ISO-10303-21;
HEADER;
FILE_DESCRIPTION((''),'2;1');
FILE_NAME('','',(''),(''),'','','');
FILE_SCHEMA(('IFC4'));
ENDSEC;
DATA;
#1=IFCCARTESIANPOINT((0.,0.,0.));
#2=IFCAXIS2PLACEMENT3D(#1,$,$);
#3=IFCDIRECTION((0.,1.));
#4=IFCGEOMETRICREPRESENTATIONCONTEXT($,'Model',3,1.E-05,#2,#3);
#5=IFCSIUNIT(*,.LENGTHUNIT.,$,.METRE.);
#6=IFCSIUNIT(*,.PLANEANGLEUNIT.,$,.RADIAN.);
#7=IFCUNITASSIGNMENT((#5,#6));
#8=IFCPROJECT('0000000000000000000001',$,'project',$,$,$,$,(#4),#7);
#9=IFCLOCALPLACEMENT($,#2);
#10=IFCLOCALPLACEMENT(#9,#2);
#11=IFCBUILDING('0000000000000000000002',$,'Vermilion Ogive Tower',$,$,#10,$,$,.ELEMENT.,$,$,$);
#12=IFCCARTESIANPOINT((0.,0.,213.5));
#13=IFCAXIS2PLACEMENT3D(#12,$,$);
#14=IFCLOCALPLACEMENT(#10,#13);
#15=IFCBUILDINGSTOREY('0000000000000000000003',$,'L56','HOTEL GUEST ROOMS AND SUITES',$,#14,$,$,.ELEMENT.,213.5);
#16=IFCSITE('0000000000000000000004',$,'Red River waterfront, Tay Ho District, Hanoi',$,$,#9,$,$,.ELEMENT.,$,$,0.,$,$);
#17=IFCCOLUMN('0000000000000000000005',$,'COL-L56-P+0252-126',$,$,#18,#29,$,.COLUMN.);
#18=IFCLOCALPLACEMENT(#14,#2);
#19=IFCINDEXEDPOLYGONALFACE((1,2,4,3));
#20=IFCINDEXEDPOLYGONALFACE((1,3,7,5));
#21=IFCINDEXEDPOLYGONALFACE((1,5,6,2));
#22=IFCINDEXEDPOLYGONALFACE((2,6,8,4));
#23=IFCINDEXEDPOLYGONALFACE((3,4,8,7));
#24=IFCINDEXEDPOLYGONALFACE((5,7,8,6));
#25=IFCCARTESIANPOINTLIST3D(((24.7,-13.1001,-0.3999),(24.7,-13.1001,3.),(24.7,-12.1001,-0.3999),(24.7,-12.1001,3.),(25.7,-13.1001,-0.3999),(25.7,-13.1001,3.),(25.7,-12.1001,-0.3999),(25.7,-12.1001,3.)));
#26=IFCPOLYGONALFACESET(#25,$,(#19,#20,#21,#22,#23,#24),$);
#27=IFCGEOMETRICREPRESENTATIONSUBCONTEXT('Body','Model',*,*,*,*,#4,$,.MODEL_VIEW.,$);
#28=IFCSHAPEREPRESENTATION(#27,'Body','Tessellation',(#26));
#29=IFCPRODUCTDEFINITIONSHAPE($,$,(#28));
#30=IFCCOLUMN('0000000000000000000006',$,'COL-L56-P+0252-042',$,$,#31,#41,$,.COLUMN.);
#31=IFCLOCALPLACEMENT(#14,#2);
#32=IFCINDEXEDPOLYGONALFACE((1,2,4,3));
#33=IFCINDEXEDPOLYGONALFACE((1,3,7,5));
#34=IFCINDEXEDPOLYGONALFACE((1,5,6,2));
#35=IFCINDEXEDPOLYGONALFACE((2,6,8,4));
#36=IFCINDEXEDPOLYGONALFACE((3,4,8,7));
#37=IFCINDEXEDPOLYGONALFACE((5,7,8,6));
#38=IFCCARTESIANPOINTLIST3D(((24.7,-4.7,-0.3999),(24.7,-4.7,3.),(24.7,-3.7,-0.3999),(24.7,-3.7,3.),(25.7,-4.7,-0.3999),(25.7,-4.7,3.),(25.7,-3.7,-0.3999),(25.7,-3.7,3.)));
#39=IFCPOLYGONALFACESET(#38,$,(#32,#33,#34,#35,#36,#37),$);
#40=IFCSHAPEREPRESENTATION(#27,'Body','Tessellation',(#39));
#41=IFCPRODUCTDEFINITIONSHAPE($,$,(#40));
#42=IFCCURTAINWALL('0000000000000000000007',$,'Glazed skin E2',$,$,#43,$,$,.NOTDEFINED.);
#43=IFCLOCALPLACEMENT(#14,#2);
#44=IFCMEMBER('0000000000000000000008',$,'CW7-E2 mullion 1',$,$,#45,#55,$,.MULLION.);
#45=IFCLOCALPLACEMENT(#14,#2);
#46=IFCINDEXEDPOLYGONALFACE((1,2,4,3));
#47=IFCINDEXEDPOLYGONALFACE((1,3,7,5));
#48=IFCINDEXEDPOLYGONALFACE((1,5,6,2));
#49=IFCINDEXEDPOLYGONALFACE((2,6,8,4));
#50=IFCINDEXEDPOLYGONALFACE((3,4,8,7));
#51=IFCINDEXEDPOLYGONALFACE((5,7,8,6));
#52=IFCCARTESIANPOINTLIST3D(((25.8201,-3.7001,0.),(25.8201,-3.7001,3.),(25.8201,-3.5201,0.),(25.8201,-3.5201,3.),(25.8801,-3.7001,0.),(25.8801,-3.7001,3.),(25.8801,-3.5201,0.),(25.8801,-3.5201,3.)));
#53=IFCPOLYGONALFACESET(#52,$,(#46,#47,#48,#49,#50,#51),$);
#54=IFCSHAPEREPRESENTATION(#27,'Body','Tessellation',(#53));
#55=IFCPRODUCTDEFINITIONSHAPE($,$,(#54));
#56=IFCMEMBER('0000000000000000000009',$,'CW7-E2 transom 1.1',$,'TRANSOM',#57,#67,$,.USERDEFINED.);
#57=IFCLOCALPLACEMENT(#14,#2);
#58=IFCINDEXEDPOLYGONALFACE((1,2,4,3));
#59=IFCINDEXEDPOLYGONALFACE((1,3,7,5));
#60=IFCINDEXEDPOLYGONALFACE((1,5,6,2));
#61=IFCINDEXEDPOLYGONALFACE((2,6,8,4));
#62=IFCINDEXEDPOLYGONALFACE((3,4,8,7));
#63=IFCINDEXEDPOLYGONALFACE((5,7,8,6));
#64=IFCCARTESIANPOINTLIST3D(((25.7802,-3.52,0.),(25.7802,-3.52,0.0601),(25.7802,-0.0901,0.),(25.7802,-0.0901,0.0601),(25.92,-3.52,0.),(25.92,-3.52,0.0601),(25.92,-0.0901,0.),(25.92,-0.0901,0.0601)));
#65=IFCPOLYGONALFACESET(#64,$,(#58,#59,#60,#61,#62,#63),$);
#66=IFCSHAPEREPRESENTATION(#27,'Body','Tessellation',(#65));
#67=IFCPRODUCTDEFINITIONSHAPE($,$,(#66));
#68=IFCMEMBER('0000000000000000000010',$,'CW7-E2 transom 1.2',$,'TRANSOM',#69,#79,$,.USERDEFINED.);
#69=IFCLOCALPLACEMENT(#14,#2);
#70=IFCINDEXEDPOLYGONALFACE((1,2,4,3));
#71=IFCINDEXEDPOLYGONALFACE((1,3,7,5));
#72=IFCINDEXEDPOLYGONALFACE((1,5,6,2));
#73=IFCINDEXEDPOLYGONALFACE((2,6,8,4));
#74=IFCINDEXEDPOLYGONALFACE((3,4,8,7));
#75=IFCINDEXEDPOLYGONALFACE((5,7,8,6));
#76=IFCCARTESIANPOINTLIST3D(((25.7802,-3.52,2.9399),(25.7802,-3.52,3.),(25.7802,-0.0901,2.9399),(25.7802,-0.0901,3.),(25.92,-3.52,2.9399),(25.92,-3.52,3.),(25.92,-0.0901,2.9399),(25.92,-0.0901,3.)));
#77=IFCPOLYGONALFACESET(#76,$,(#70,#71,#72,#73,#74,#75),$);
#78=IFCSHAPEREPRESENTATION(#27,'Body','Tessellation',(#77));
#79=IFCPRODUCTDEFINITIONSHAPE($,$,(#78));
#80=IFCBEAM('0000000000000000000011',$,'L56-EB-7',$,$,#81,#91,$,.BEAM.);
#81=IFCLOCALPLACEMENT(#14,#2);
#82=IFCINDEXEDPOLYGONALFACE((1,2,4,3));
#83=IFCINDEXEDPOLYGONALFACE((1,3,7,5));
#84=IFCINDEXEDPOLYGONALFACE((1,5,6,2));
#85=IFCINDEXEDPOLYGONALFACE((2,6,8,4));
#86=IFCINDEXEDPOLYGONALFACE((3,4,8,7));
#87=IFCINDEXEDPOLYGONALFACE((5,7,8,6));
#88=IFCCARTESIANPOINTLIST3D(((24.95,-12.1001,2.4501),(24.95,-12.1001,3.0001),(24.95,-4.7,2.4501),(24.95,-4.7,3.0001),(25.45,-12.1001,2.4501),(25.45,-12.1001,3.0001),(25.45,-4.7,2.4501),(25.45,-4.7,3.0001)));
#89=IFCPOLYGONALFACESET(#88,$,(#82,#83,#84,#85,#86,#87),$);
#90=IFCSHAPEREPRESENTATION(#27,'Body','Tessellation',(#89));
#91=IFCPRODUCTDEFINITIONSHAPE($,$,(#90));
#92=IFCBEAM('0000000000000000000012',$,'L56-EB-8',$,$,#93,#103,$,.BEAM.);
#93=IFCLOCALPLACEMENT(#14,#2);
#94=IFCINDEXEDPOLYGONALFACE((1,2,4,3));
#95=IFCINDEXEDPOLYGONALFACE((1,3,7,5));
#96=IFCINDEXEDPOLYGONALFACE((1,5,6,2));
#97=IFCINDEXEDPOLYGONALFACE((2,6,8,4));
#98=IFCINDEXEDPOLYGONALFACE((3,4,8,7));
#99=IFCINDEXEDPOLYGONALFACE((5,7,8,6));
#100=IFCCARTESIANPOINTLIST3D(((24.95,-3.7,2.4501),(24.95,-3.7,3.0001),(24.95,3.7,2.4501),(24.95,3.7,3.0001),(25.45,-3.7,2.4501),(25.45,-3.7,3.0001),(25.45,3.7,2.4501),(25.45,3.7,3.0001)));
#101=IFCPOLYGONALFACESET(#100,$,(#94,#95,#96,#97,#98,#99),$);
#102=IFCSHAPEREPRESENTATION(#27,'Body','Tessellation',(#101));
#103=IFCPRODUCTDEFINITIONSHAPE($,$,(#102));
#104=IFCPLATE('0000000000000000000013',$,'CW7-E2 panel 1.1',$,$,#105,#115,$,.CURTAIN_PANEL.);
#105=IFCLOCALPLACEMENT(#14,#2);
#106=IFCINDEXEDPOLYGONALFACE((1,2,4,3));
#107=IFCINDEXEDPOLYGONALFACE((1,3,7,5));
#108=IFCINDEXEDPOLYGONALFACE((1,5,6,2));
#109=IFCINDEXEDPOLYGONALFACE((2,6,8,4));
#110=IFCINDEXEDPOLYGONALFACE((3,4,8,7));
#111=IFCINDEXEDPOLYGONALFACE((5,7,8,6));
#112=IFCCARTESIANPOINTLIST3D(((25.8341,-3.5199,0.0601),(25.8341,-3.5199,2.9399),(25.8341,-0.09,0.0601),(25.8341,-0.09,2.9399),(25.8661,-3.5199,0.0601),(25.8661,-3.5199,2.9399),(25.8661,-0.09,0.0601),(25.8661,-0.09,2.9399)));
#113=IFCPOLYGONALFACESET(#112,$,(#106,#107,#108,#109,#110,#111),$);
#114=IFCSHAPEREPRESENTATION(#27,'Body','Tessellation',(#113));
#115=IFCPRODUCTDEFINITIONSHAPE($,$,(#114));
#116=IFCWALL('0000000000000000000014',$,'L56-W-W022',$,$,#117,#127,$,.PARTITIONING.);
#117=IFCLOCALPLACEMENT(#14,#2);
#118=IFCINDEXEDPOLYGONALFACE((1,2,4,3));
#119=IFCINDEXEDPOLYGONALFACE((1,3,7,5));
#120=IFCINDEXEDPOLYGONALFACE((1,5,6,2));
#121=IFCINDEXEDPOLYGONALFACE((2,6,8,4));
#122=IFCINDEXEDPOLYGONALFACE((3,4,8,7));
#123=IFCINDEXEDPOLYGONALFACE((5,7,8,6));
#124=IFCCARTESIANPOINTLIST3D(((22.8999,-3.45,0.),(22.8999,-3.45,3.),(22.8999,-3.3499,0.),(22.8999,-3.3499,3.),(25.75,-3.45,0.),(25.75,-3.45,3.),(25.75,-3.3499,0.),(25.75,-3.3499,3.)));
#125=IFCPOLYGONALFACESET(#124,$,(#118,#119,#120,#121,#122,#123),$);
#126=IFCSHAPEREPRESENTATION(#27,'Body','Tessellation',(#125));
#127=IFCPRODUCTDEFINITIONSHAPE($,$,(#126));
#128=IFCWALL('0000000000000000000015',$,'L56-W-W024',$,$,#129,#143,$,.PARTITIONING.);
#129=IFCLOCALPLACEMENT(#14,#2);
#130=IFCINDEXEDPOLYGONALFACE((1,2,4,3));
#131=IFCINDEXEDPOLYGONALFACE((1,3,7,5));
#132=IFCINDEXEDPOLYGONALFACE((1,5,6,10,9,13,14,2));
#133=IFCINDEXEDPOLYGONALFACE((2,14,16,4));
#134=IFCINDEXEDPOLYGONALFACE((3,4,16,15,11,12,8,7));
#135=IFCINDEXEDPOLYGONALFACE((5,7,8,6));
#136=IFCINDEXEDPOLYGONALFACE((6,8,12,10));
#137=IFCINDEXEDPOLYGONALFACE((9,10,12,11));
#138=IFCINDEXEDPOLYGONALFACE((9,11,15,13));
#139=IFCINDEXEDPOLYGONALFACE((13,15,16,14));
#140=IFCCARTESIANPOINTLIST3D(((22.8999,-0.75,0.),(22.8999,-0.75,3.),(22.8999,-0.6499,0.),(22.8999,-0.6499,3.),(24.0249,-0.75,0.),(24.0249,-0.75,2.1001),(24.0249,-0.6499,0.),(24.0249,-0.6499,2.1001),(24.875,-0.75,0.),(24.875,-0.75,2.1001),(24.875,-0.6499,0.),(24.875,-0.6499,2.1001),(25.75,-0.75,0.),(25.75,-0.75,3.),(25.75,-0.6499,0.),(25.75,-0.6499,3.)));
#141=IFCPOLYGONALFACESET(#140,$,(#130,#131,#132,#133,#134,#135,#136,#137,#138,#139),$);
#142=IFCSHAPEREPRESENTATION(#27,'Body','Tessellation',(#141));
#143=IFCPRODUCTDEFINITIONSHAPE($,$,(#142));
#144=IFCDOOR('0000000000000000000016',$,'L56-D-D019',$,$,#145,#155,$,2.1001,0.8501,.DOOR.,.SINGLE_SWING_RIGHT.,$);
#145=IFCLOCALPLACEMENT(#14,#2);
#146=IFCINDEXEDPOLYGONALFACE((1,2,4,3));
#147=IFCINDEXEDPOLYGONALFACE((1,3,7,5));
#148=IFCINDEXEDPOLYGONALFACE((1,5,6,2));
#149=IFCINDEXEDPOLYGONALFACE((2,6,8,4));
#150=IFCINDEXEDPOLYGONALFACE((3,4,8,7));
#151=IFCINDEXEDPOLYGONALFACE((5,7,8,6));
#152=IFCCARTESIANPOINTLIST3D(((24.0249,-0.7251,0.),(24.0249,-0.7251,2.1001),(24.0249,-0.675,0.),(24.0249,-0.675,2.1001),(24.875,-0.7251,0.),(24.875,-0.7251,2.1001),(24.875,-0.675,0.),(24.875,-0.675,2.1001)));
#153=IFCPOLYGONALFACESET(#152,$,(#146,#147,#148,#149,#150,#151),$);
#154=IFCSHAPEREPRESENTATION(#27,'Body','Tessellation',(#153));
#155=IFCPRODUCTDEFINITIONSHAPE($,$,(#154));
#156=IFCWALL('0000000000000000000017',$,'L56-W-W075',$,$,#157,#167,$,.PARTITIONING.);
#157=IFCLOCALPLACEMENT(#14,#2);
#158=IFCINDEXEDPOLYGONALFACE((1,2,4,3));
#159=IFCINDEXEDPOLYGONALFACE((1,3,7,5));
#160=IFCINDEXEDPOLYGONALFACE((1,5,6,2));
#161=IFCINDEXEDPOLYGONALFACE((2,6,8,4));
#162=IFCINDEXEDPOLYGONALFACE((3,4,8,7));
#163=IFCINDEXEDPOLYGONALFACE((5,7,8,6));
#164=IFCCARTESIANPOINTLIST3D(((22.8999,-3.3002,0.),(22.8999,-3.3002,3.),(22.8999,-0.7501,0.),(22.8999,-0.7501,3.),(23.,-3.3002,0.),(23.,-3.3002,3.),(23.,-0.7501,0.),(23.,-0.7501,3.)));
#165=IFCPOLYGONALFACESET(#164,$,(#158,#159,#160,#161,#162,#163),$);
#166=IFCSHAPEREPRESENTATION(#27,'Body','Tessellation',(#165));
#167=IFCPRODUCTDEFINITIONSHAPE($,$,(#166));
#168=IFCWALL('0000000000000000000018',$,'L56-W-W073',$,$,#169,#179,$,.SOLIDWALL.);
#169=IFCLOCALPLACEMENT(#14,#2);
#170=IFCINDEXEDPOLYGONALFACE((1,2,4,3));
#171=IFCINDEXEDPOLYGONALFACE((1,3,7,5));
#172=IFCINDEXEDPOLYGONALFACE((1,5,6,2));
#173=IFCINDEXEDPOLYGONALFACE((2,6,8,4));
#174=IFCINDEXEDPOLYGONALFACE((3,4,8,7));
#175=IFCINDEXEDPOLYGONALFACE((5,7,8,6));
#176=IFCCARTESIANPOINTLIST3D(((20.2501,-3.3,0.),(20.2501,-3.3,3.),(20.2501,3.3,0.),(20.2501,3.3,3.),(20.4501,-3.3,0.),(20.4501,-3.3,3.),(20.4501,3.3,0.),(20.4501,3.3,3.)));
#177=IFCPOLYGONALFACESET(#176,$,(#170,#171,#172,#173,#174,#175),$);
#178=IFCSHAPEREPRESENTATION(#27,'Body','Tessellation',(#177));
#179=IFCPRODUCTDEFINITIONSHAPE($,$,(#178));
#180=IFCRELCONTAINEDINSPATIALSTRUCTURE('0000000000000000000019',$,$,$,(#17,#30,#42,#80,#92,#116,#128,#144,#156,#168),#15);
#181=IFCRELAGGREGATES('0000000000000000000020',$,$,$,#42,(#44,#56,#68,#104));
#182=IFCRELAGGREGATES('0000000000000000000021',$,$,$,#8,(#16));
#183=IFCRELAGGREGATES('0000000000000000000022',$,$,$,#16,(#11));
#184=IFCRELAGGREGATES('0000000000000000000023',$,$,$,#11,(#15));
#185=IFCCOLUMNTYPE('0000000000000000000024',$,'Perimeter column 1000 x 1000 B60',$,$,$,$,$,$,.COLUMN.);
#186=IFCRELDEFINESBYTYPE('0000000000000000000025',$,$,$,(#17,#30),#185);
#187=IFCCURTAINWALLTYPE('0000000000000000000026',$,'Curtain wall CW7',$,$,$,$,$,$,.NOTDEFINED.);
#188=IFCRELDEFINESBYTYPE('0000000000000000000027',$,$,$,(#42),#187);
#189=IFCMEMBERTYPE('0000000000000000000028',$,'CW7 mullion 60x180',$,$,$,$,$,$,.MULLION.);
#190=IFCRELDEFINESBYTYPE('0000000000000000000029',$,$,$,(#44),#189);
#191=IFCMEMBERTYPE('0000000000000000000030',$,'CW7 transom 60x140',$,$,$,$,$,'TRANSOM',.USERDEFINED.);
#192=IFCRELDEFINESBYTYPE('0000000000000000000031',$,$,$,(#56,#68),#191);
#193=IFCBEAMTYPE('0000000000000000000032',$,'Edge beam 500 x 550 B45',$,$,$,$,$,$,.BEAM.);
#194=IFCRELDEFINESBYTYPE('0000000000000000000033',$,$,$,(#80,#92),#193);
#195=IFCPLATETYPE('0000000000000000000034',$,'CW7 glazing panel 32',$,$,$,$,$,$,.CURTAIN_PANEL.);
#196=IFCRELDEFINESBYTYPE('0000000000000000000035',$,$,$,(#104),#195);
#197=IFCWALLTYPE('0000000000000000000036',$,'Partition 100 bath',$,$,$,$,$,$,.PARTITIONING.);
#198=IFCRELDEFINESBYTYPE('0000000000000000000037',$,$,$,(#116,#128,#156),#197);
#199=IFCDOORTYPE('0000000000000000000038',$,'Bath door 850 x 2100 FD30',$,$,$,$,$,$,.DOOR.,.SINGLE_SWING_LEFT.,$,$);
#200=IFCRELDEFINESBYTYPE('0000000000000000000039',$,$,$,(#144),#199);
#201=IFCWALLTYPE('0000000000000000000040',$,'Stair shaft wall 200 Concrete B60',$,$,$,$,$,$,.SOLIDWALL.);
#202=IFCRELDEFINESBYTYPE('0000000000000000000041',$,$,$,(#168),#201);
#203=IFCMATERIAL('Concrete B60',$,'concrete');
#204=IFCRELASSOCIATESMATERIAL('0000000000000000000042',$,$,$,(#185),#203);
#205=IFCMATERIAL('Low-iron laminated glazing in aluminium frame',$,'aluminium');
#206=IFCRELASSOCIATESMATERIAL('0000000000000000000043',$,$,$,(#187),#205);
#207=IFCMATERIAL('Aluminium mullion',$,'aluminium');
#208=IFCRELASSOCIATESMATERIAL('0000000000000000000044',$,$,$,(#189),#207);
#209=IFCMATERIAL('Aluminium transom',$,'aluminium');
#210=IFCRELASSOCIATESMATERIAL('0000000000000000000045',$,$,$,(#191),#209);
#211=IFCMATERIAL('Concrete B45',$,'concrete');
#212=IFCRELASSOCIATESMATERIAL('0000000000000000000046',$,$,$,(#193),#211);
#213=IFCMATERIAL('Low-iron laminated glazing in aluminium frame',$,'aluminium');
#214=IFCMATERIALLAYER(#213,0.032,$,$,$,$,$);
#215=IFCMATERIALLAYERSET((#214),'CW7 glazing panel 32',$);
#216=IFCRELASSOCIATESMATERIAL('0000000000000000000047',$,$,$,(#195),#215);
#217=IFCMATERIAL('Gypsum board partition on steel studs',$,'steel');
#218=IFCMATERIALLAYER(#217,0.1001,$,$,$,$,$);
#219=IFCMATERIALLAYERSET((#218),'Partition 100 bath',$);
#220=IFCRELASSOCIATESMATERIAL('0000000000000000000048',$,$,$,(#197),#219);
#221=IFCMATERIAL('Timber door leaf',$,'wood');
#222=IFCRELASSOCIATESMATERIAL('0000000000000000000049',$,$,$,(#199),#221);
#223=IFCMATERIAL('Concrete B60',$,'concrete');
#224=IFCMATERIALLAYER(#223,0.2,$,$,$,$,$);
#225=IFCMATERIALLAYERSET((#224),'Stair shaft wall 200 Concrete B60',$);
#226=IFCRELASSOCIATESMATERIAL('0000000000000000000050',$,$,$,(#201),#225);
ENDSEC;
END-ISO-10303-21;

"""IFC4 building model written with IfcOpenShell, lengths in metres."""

from ifc_helpers import new_model, si_unit, direction, frame, frame_2d, origin, origin_2d, place, context, subcontext, project, spatial, rectangle, extrude, material, layer, layer_set, material_profile, profile_set, type_object, element, fill, aggregate, save


model = new_model("IFC4")

# Units and contexts
model_context = context("Model", 3, precision=1e-05, world=origin(), true_north=direction((0.0, 1.0)))
body_context = subcontext(model_context, "Body", "Model", "MODEL_VIEW")
ifc_project = project(units=[si_unit("LENGTHUNIT", "METRE"), si_unit("PLANEANGLEUNIT", "RADIAN")], contexts=[model_context])

# Site, building, storey
site_placement = place(None, origin())
site = spatial("IfcSite", under=ifc_project, at=site_placement, Name="Red River waterfront, Tay Ho District, Hanoi", CompositionType="ELEMENT", RefElevation=0.0)
building_placement = place(site_placement, origin())
building = spatial("IfcBuilding", under=site, at=building_placement, Name="Vermilion Ogive Tower", CompositionType="ELEMENT")
storey_placement = place(building_placement, frame((0.0, 0.0, 213.5)))
storey = spatial("IfcBuildingStorey", under=building, at=storey_placement, Name="L56", Description="HOTEL GUEST ROOMS AND SUITES", CompositionType="ELEMENT", Elevation=213.5)

# Columns
ifc_material_1 = material(Name="Concrete B60", Category="concrete")
ifc_material_profile_1 = material_profile(ifc_material_1, rectangle(XDim=1.0, YDim=1.0, at=origin_2d()), Name="1000 x 1000")
ifc_profile_set_1 = profile_set([ifc_material_profile_1], Name="Concrete B60")
column_type = type_object("IfcColumnType", Name="Perimeter column 1000 x 1000 B60", PredefinedType="COLUMN", material=ifc_profile_set_1)
for number, where, z_axis, x_axis, name in (
    (1, (25.2, -12.6001, -0.3999), (0.0, 0.0, 1.0), (1.0, 0.0, 0.0), "COL-L56-P+0252-126"),
    (2, (25.2, -4.2, -0.3999), (0.0, 0.0, 1.0), (1.0, 0.0, 0.0), "COL-L56-P+0252-042"),
):
    element("IfcColumn", number, at=place(storey_placement, frame(where, z_axis=z_axis, x_axis=x_axis)), inside=storey, type_object=column_type, Name=name, PredefinedType="COLUMN", context=body_context, shape_type="SweptSolid", body=[
        extrude(rectangle(XDim=1.0, YDim=1.0, at=origin_2d()), origin(), (0.0, 0.0, 1.0), 3.3999),
    ])

# Curtain wall, members
ifc_material_2 = material(Name="Low-iron laminated glazing in aluminium frame", Category="aluminium")
curtain_wall_type = type_object("IfcCurtainWallType", Name="Curtain wall CW7", PredefinedType="NOTDEFINED", material=ifc_material_2)
curtain_wall_placement = place(storey_placement, origin())
curtain_wall = element("IfcCurtainWall", 3, at=curtain_wall_placement, inside=storey, type_object=curtain_wall_type, Name="Glazed skin E2", PredefinedType="NOTDEFINED")
ifc_material_3 = material(Name="Aluminium mullion", Category="aluminium")
ifc_material_profile_2 = material_profile(ifc_material_3, rectangle(XDim=0.0601, YDim=0.1799, at=origin_2d()), Name="AL 60x180")
ifc_profile_set_2 = profile_set([ifc_material_profile_2], Name="Aluminium mullion")
member_type_1 = type_object("IfcMemberType", Name="CW7 mullion 60x180", PredefinedType="MULLION", material=ifc_profile_set_2)
member_1_placement = place(storey_placement, frame((25.8501, -3.6101, 0.0), z_axis=(0.0, 0.0, 1.0), x_axis=(-1.0, 0.0, 0.0)))
member_1 = element("IfcMember", 4, at=member_1_placement, type_object=member_type_1, Name="CW7-E2 mullion 1", PredefinedType="MULLION", context=body_context, shape_type="SweptSolid", body=[
    extrude(rectangle(XDim=0.0601, YDim=0.1799, at=origin_2d()), origin(), (0.0, 0.0, 1.0), 3.0),
])
ifc_material_4 = material(Name="Aluminium transom", Category="aluminium")
ifc_material_profile_3 = material_profile(ifc_material_4, rectangle(XDim=0.1399, YDim=0.0601, at=origin_2d()), Name="AL 60x140")
ifc_profile_set_3 = profile_set([ifc_material_profile_3], Name="Aluminium transom")
member_type_2 = type_object("IfcMemberType", Name="CW7 transom 60x140", ElementType="TRANSOM", PredefinedType="USERDEFINED", material=ifc_profile_set_3)
member_2_placement = place(storey_placement, frame((25.8501, -3.52, 0.03), z_axis=(0.0, 1.0, 0.0), x_axis=(-1.0, 0.0, 0.0)))
member_2 = element("IfcMember", 5, at=member_2_placement, type_object=member_type_2, Name="CW7-E2 transom 1.1", ObjectType="TRANSOM", PredefinedType="USERDEFINED", context=body_context, shape_type="SweptSolid", body=[
    extrude(rectangle(XDim=0.1399, YDim=0.0601, at=origin_2d()), origin(), (0.0, 0.0, 1.0), 3.4299),
])
member_3_placement = place(storey_placement, frame((25.8501, -3.52, 2.97), z_axis=(0.0, 1.0, 0.0), x_axis=(-1.0, 0.0, 0.0)))
member_3 = element("IfcMember", 6, at=member_3_placement, type_object=member_type_2, Name="CW7-E2 transom 1.2", ObjectType="TRANSOM", PredefinedType="USERDEFINED", context=body_context, shape_type="SweptSolid", body=[
    extrude(rectangle(XDim=0.1399, YDim=0.0601, at=origin_2d()), origin(), (0.0, 0.0, 1.0), 3.4299),
])

# Beams
ifc_material_5 = material(Name="Concrete B45", Category="concrete")
ifc_material_profile_4 = material_profile(ifc_material_5, rectangle(XDim=0.5, YDim=0.55, at=origin_2d()), Name="500 x 550")
ifc_profile_set_4 = profile_set([ifc_material_profile_4], Name="Concrete B45")
beam_type = type_object("IfcBeamType", Name="Edge beam 500 x 550 B45", PredefinedType="BEAM", material=ifc_profile_set_4)
beam_1_placement = place(storey_placement, frame((25.2, -12.1001, 2.7251), z_axis=(0.0, 1.0, 0.0), x_axis=(-1.0, 0.0, 0.0)))
element("IfcBeam", 7, at=beam_1_placement, inside=storey, type_object=beam_type, Name="L56-EB-7", PredefinedType="BEAM", context=body_context, shape_type="SweptSolid", body=[
    extrude(rectangle(XDim=0.5, YDim=0.55, at=origin_2d()), origin(), (0.0, 0.0, 1.0), 7.4001),
])
beam_2_placement = place(storey_placement, frame((25.2, -3.7, 2.7251), z_axis=(0.0, 1.0, 0.0), x_axis=(-1.0, 0.0, 0.0)))
element("IfcBeam", 8, at=beam_2_placement, inside=storey, type_object=beam_type, Name="L56-EB-8", PredefinedType="BEAM", context=body_context, shape_type="SweptSolid", body=[
    extrude(rectangle(XDim=0.5, YDim=0.55, at=origin_2d()), origin(), (0.0, 0.0, 1.0), 7.3999),
])

# Plate
ifc_material_6 = material(Name="Low-iron laminated glazing in aluminium frame", Category="aluminium")
ifc_layer_1 = layer(ifc_material_6, 0.032)
ifc_layer_set_1 = layer_set([ifc_layer_1], Name="CW7 glazing panel 32")
plate_type = type_object("IfcPlateType", Name="CW7 glazing panel 32", PredefinedType="CURTAIN_PANEL", material=ifc_layer_set_1)
plate_placement = place(storey_placement, frame((25.8501, -1.8049, 0.0601), z_axis=(0.0, 0.0, 1.0), x_axis=(0.0, 1.0, 0.0)))
plate = element("IfcPlate", 9, at=plate_placement, type_object=plate_type, Name="CW7-E2 panel 1.1", PredefinedType="CURTAIN_PANEL", context=body_context, shape_type="SweptSolid", body=[
    extrude(rectangle(XDim=3.4299, YDim=0.032, at=origin_2d()), origin(), (0.0, 0.0, 1.0), 2.8799),
])
aggregate(curtain_wall, [member_1, member_2, member_3, plate])

# Wall
ifc_material_7 = material(Name="Gypsum board partition on steel studs", Category="steel")
ifc_layer_2 = layer(ifc_material_7, 0.1001)
ifc_layer_set_2 = layer_set([ifc_layer_2], Name="Partition 100 bath")
wall_type_1 = type_object("IfcWallType", Name="Partition 100 bath", PredefinedType="PARTITIONING", material=ifc_layer_set_2)
wall_1_placement = place(storey_placement, frame((22.8999, -3.3999, 0.0), z_axis=(0.0, 0.0, 1.0), x_axis=(1.0, 0.0, 0.0)))
element("IfcWall", 10, at=wall_1_placement, inside=storey, type_object=wall_type_1, Name="L56-W-W022", PredefinedType="PARTITIONING", context=body_context, shape_type="SweptSolid", body=[
    extrude(rectangle(XDim=2.8501, YDim=0.1001, at=frame_2d((1.425, 0.0))), origin(), (0.0, 0.0, 1.0), 3.0),
])

# Wall, opening, door
wall_2_placement = place(storey_placement, frame((22.8999, -0.7, 0.0), z_axis=(0.0, 0.0, 1.0), x_axis=(1.0, 0.0, 0.0)))
wall_2 = element("IfcWall", 11, at=wall_2_placement, inside=storey, type_object=wall_type_1, Name="L56-W-W024", PredefinedType="PARTITIONING", context=body_context, shape_type="SweptSolid", body=[
    extrude(rectangle(XDim=2.8501, YDim=0.1001, at=frame_2d((1.425, 0.0))), origin(), (0.0, 0.0, 1.0), 3.0),
])
opening_1_placement = place(wall_2_placement, frame((1.125, 0.0, 0.0)))
opening_1 = element("IfcOpeningElement", 12, at=opening_1_placement, cuts=wall_2, PredefinedType="OPENING", context=body_context, shape_type="SweptSolid", body=[
    extrude(rectangle(XDim=0.8501, YDim=2.1001, at=frame_2d((0.425, 1.05))), frame((0.0, 0.0601, 0.0), z_axis=(0.0, -1.0, 0.0), x_axis=(1.0, 0.0, 0.0)), (0.0, 0.0, 1.0), 0.1201),
])
ifc_material_8 = material(Name="Timber door leaf", Category="wood")
door_type_1 = type_object("IfcDoorType", Name="Bath door 850 x 2100 FD30", OperationType="SINGLE_SWING_LEFT", PredefinedType="DOOR", material=ifc_material_8)
door_1_placement = place(opening_1_placement, origin())
door_1 = element("IfcDoor", 13, at=door_1_placement, inside=storey, type_object=door_type_1, Name="L56-D-D019", OperationType="SINGLE_SWING_RIGHT", OverallHeight=2.1001, OverallWidth=0.8501, PredefinedType="DOOR", context=body_context, shape_type="SweptSolid", body=[
    extrude(rectangle(XDim=0.8501, YDim=2.1001, at=frame_2d((0.425, 1.05))), frame((0.0, 0.0249, 0.0), z_axis=(0.0, -1.0, 0.0), x_axis=(1.0, 0.0, 0.0)), (0.0, 0.0, 1.0), 0.05),
])
fill(opening_1, door_1)

# Walls
wall_3_placement = place(storey_placement, frame((22.95, -3.3, 0.0), z_axis=(0.0, 0.0, 1.0), x_axis=(0.0, 1.0, 0.0)))
element("IfcWall", 14, at=wall_3_placement, inside=storey, type_object=wall_type_1, Name="L56-W-W075", PredefinedType="PARTITIONING", context=body_context, shape_type="SweptSolid", body=[
    extrude(rectangle(XDim=2.55, YDim=0.1001, at=frame_2d((1.2749, 0.0))), origin(), (0.0, 0.0, 1.0), 3.0),
])
ifc_material_9 = material(Name="Concrete B60", Category="concrete")
ifc_layer_3 = layer(ifc_material_9, 0.2)
ifc_layer_set_3 = layer_set([ifc_layer_3], Name="Stair shaft wall 200 Concrete B60")
wall_type_2 = type_object("IfcWallType", Name="Stair shaft wall 200 Concrete B60", PredefinedType="SOLIDWALL", material=ifc_layer_set_3)
wall_4_placement = place(storey_placement, frame((20.3501, -3.3, 0.0), z_axis=(0.0, 0.0, 1.0), x_axis=(0.0, 1.0, 0.0)))
element("IfcWall", 15, at=wall_4_placement, inside=storey, type_object=wall_type_2, Name="L56-W-W073", PredefinedType="SOLIDWALL", context=body_context, shape_type="SweptSolid", body=[
    extrude(rectangle(XDim=6.6001, YDim=0.2, at=frame_2d((3.3, 0.0))), origin(), (0.0, 0.0, 1.0), 3.0),
])

save(model, "model.ifc")
